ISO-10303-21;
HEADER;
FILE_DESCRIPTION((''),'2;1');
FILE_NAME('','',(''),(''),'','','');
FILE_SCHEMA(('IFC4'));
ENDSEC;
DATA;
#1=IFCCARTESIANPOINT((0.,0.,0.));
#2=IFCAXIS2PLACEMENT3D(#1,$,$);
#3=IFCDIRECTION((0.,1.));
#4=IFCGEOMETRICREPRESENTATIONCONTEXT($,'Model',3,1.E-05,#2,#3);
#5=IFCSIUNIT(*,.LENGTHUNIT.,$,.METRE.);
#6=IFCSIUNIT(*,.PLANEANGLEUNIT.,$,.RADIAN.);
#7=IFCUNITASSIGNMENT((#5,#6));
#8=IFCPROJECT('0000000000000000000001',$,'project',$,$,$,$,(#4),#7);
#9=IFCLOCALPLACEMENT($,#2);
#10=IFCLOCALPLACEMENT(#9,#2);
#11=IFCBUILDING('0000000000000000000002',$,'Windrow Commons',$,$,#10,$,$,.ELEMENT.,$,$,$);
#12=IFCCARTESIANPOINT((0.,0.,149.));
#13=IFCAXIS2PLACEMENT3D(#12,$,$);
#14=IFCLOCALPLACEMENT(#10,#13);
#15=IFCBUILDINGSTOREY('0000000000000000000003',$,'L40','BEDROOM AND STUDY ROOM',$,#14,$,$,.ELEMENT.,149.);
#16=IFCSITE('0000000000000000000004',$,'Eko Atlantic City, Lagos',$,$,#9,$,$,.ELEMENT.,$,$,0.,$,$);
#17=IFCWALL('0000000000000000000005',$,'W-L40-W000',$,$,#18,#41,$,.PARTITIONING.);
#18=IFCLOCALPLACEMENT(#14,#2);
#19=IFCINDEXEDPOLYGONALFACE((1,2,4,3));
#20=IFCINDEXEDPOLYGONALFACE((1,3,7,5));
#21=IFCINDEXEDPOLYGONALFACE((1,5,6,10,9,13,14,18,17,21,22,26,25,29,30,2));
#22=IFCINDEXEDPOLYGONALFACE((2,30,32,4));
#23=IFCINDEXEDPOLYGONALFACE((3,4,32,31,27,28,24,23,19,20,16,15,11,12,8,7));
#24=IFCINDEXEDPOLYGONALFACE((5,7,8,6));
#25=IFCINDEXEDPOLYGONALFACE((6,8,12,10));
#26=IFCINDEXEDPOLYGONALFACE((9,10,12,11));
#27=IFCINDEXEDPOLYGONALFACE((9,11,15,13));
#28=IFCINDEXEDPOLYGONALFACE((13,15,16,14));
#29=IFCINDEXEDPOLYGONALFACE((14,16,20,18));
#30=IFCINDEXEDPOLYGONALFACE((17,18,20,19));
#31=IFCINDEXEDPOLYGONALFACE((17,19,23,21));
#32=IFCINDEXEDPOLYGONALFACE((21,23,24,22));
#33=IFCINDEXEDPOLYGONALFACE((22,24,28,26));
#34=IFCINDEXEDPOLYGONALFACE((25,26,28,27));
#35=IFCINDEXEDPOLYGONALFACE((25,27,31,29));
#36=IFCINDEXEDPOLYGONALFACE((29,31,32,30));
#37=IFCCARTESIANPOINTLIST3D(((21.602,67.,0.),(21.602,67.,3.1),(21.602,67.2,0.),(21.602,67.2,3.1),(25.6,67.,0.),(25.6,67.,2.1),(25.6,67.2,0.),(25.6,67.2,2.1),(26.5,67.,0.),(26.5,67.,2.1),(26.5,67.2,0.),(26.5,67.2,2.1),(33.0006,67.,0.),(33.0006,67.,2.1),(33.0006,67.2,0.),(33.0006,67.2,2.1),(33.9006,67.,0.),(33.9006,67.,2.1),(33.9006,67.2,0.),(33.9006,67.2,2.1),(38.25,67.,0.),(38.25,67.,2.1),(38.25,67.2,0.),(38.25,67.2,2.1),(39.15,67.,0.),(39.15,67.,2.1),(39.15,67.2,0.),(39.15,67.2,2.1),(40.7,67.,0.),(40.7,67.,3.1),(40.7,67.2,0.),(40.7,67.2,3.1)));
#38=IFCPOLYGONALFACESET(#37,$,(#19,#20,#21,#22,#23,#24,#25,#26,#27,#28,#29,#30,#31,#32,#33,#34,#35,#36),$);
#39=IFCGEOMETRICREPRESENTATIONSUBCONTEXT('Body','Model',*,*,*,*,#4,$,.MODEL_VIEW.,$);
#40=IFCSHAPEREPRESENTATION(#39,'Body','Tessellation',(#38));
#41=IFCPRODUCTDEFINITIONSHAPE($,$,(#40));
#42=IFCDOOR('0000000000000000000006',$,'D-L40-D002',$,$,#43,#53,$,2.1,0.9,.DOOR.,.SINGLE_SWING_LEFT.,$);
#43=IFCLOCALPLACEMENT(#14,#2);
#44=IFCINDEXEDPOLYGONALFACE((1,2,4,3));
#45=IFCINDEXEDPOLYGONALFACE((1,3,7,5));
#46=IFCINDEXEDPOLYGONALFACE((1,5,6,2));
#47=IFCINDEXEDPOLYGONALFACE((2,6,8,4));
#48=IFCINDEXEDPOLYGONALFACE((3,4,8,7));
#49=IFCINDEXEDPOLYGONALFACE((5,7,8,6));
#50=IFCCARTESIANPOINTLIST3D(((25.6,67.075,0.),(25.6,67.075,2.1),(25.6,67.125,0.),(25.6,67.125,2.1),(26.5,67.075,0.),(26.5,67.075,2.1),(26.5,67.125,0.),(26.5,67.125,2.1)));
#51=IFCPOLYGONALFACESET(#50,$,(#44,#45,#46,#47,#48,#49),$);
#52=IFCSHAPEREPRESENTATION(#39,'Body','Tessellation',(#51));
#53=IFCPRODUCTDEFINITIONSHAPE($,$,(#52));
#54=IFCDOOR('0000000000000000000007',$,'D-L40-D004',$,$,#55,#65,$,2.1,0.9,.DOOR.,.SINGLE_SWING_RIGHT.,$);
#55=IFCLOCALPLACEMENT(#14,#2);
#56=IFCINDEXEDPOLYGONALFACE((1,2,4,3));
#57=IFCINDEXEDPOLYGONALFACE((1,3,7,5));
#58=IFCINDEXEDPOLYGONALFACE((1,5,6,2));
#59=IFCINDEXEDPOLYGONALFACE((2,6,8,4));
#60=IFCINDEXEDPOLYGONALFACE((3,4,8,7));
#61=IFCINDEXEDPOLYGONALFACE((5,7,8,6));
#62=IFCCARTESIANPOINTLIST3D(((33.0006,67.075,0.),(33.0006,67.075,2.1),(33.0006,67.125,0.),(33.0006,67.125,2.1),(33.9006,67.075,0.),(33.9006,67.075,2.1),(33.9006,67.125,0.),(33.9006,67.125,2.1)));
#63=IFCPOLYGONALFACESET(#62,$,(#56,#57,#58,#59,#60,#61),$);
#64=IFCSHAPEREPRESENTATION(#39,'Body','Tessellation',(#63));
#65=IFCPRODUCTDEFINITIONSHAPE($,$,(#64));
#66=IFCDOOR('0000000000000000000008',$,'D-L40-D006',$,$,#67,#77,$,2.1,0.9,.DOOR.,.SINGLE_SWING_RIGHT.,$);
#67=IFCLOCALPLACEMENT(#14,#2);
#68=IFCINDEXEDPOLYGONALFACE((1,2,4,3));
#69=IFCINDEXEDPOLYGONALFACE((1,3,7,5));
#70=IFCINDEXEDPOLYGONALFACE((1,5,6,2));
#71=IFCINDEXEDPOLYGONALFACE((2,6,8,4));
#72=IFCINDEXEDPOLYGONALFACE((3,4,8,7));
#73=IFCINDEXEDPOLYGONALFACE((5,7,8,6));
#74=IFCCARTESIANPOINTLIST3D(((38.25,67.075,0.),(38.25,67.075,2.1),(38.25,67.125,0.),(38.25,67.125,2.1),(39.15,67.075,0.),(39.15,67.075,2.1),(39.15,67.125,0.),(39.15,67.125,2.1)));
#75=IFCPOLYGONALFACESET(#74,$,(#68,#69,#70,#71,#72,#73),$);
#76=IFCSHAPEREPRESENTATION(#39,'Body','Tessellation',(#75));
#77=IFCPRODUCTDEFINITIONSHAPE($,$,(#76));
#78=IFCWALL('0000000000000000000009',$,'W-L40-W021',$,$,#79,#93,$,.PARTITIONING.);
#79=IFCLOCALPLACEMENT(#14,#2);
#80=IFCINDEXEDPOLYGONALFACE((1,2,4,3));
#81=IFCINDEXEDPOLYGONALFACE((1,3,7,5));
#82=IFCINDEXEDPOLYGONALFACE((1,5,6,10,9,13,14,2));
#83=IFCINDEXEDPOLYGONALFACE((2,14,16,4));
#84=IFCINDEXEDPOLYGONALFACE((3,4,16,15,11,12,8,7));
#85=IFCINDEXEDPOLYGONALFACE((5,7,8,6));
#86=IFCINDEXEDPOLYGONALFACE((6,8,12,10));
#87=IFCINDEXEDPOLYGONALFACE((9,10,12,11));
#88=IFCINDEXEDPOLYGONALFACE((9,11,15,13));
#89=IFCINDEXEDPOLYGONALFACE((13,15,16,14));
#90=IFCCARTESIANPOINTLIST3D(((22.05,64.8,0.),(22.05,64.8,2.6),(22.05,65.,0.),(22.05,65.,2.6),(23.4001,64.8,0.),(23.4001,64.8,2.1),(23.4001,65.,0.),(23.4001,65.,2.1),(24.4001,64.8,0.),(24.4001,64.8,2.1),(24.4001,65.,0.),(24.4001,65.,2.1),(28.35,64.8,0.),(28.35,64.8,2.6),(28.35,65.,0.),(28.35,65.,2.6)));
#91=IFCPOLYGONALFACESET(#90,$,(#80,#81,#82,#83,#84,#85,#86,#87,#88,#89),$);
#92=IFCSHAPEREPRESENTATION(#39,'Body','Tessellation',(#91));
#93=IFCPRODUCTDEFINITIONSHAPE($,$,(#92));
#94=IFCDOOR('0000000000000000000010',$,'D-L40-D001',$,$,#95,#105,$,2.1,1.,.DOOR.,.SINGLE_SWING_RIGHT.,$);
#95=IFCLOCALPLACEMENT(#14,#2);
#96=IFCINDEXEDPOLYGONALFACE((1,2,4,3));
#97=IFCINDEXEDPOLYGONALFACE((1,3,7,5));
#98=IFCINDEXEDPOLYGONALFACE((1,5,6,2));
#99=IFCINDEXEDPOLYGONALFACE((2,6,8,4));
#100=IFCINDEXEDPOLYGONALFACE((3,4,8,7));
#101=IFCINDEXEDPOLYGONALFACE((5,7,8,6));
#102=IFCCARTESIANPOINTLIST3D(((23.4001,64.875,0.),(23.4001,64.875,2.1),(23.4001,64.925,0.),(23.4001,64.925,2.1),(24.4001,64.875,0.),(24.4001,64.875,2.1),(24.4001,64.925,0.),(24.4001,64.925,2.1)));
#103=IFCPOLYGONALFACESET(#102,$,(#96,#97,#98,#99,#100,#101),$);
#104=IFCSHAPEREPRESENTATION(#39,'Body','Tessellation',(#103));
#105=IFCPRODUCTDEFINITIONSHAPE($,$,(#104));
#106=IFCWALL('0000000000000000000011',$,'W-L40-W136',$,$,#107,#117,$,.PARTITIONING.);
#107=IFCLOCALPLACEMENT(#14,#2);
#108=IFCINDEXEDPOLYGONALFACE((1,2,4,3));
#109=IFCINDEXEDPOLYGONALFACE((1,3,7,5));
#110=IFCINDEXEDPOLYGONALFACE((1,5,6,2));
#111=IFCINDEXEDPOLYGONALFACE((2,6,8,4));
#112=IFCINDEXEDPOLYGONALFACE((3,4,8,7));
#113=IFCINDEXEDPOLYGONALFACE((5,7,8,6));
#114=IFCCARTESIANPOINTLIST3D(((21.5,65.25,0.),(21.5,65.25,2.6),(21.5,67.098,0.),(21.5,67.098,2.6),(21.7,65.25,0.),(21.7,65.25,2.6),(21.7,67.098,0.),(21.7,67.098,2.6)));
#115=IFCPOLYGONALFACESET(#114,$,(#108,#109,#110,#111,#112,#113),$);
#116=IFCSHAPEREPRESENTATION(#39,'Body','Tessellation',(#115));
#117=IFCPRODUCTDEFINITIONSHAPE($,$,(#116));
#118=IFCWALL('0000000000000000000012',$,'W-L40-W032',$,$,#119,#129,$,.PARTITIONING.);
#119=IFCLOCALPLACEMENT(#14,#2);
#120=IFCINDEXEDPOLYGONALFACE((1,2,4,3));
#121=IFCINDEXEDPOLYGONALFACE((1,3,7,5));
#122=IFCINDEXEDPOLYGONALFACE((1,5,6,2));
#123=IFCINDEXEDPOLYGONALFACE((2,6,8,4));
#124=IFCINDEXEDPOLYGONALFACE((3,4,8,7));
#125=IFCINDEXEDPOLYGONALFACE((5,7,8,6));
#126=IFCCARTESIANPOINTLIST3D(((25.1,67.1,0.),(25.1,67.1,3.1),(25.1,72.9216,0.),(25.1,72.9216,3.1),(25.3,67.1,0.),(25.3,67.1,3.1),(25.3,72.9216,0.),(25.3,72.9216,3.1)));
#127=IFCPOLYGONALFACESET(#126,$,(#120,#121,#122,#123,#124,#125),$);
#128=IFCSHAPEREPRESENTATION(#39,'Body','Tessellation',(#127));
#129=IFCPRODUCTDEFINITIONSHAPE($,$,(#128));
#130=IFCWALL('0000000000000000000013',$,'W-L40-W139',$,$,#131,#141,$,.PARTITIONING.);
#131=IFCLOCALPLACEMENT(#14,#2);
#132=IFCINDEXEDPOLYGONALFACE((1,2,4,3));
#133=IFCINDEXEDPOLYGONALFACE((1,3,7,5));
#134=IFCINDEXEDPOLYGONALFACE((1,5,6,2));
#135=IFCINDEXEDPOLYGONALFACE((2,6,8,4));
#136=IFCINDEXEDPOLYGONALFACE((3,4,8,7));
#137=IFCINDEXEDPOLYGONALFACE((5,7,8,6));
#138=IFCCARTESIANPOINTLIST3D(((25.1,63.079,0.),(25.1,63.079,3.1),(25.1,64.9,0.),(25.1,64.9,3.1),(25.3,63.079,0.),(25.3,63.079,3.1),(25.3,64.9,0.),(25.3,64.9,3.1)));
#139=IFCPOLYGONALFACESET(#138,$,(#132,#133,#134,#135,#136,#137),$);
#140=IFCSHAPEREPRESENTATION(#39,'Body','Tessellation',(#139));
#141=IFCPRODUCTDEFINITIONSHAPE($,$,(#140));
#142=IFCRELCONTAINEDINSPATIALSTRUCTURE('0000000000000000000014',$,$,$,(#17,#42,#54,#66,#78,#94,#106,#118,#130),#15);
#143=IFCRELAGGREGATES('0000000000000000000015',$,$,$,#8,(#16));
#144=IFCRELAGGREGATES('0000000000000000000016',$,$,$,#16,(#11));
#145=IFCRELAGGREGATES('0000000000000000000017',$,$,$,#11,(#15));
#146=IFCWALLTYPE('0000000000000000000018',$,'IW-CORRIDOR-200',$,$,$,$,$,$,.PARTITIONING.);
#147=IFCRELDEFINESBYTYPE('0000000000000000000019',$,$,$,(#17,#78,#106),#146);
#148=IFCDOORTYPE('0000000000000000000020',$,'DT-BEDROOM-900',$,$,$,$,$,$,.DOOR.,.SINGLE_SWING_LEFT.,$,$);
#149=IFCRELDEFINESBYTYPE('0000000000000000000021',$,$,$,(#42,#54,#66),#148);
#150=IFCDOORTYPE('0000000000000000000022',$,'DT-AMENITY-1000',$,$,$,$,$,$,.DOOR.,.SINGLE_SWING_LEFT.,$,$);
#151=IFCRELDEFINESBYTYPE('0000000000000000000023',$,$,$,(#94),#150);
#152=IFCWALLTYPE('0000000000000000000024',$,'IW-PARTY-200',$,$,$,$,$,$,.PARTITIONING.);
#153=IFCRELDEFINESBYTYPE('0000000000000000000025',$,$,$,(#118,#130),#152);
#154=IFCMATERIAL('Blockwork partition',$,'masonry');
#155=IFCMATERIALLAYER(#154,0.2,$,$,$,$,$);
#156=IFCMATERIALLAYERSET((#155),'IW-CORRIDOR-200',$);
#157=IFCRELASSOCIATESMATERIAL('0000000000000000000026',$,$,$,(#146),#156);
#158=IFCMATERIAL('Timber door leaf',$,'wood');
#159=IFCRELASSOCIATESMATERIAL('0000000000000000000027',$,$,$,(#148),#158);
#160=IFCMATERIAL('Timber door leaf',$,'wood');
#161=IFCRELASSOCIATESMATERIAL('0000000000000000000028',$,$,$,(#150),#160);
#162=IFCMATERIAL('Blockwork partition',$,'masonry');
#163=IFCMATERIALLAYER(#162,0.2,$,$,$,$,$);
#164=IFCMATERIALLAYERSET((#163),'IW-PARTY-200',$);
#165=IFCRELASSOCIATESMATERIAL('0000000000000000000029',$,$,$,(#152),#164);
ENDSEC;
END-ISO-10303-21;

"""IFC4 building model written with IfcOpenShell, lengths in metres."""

from ifc_helpers import new_model, si_unit, direction, frame, frame_2d, origin, place, context, subcontext, project, spatial, rectangle, extrude, material, layer, layer_set, type_object, element, fill, save


model = new_model("IFC4")

# Units and contexts
model_context = context("Model", 3, precision=1e-05, world=origin(), true_north=direction((0.0, 1.0)))
body_context = subcontext(model_context, "Body", "Model", "MODEL_VIEW")
ifc_project = project(units=[si_unit("LENGTHUNIT", "METRE"), si_unit("PLANEANGLEUNIT", "RADIAN")], contexts=[model_context])

# Site, building, storey
site_placement = place(None, origin())
site = spatial("IfcSite", under=ifc_project, at=site_placement, Name="Eko Atlantic City, Lagos", CompositionType="ELEMENT", RefElevation=0.0)
building_placement = place(site_placement, origin())
building = spatial("IfcBuilding", under=site, at=building_placement, Name="Windrow Commons", CompositionType="ELEMENT")
storey_placement = place(building_placement, frame((0.0, 0.0, 149.0)))
storey = spatial("IfcBuildingStorey", under=building, at=storey_placement, Name="L40", Description="BEDROOM AND STUDY ROOM", CompositionType="ELEMENT", Elevation=149.0)

# Wall, openings, doors
ifc_material_1 = material(Name="Blockwork partition", Category="masonry")
ifc_layer_1 = layer(ifc_material_1, 0.2)
ifc_layer_set_1 = layer_set([ifc_layer_1], Name="IW-CORRIDOR-200")
wall_type_1 = type_object("IfcWallType", Name="IW-CORRIDOR-200", PredefinedType="PARTITIONING", material=ifc_layer_set_1)
wall_1_placement = place(storey_placement, frame((21.602, 67.1, 0.0), z_axis=(0.0, 0.0, 1.0), x_axis=(1.0, 0.0, 0.0)))
wall_1 = element("IfcWall", 1, at=wall_1_placement, inside=storey, type_object=wall_type_1, Name="W-L40-W000", PredefinedType="PARTITIONING", context=body_context, shape_type="SweptSolid", body=[
    extrude(rectangle(XDim=19.098, YDim=0.2, at=frame_2d((9.549, 0.0))), origin(), (0.0, 0.0, 1.0), 3.1),
])
opening_1_placement = place(wall_1_placement, frame((3.998, 0.0, 0.0)))
opening_1 = element("IfcOpeningElement", 2, at=opening_1_placement, cuts=wall_1, PredefinedType="OPENING", context=body_context, shape_type="SweptSolid", body=[
    extrude(rectangle(XDim=0.9, YDim=2.1, at=frame_2d((0.45, 1.05))), frame((0.0, 0.11, 0.0), z_axis=(0.0, -1.0, 0.0), x_axis=(1.0, 0.0, 0.0)), (0.0, 0.0, 1.0), 0.22),
])
opening_2_placement = place(wall_1_placement, frame((11.3986, 0.0, 0.0)))
opening_2 = element("IfcOpeningElement", 3, at=opening_2_placement, cuts=wall_1, PredefinedType="OPENING", context=body_context, shape_type="SweptSolid", body=[
    extrude(rectangle(XDim=0.9, YDim=2.1, at=frame_2d((0.45, 1.05))), frame((0.0, 0.11, 0.0), z_axis=(0.0, -1.0, 0.0), x_axis=(1.0, 0.0, 0.0)), (0.0, 0.0, 1.0), 0.22),
])
opening_3_placement = place(wall_1_placement, frame((16.648, 0.0, 0.0)))
opening_3 = element("IfcOpeningElement", 4, at=opening_3_placement, cuts=wall_1, PredefinedType="OPENING", context=body_context, shape_type="SweptSolid", body=[
    extrude(rectangle(XDim=0.9, YDim=2.1, at=frame_2d((0.45, 1.05))), frame((0.0, 0.11, 0.0), z_axis=(0.0, -1.0, 0.0), x_axis=(1.0, 0.0, 0.0)), (0.0, 0.0, 1.0), 0.22),
])
ifc_material_2 = material(Name="Timber door leaf", Category="wood")
door_type_1 = type_object("IfcDoorType", Name="DT-BEDROOM-900", OperationType="SINGLE_SWING_LEFT", PredefinedType="DOOR", material=ifc_material_2)
door_1_placement = place(opening_1_placement, origin())
door_1 = element("IfcDoor", 5, at=door_1_placement, inside=storey, type_object=door_type_1, Name="D-L40-D002", OperationType="SINGLE_SWING_LEFT", OverallHeight=2.1, OverallWidth=0.9, PredefinedType="DOOR", context=body_context, shape_type="SweptSolid", body=[
    extrude(rectangle(XDim=0.9, YDim=2.1, at=frame_2d((0.45, 1.05))), frame((0.0, 0.025, 0.0), z_axis=(0.0, -1.0, 0.0), x_axis=(1.0, 0.0, 0.0)), (0.0, 0.0, 1.0), 0.05),
])
fill(opening_1, door_1)
door_2_placement = place(opening_2_placement, origin())
door_2 = element("IfcDoor", 6, at=door_2_placement, inside=storey, type_object=door_type_1, Name="D-L40-D004", OperationType="SINGLE_SWING_RIGHT", OverallHeight=2.1, OverallWidth=0.9, PredefinedType="DOOR", context=body_context, shape_type="SweptSolid", body=[
    extrude(rectangle(XDim=0.9, YDim=2.1, at=frame_2d((0.45, 1.05))), frame((0.0, 0.025, 0.0), z_axis=(0.0, -1.0, 0.0), x_axis=(1.0, 0.0, 0.0)), (0.0, 0.0, 1.0), 0.05),
])
fill(opening_2, door_2)
door_3_placement = place(opening_3_placement, origin())
door_3 = element("IfcDoor", 7, at=door_3_placement, inside=storey, type_object=door_type_1, Name="D-L40-D006", OperationType="SINGLE_SWING_RIGHT", OverallHeight=2.1, OverallWidth=0.9, PredefinedType="DOOR", context=body_context, shape_type="SweptSolid", body=[
    extrude(rectangle(XDim=0.9, YDim=2.1, at=frame_2d((0.45, 1.05))), frame((0.0, 0.025, 0.0), z_axis=(0.0, -1.0, 0.0), x_axis=(1.0, 0.0, 0.0)), (0.0, 0.0, 1.0), 0.05),
])
fill(opening_3, door_3)

# Wall, opening, door
wall_2_placement = place(storey_placement, frame((22.05, 64.9, 0.0), z_axis=(0.0, 0.0, 1.0), x_axis=(1.0, 0.0, 0.0)))
wall_2 = element("IfcWall", 8, at=wall_2_placement, inside=storey, type_object=wall_type_1, Name="W-L40-W021", PredefinedType="PARTITIONING", context=body_context, shape_type="SweptSolid", body=[
    extrude(rectangle(XDim=6.3, YDim=0.2, at=frame_2d((3.15, 0.0))), origin(), (0.0, 0.0, 1.0), 2.6),
])
opening_4_placement = place(wall_2_placement, frame((1.3501, 0.0, 0.0)))
opening_4 = element("IfcOpeningElement", 9, at=opening_4_placement, cuts=wall_2, PredefinedType="OPENING", context=body_context, shape_type="SweptSolid", body=[
    extrude(rectangle(XDim=1.0, YDim=2.1, at=frame_2d((0.5, 1.05))), frame((0.0, 0.11, 0.0), z_axis=(0.0, -1.0, 0.0), x_axis=(1.0, 0.0, 0.0)), (0.0, 0.0, 1.0), 0.22),
])
ifc_material_3 = material(Name="Timber door leaf", Category="wood")
door_type_2 = type_object("IfcDoorType", Name="DT-AMENITY-1000", OperationType="SINGLE_SWING_LEFT", PredefinedType="DOOR", material=ifc_material_3)
door_4_placement = place(opening_4_placement, origin())
door_4 = element("IfcDoor", 10, at=door_4_placement, inside=storey, type_object=door_type_2, Name="D-L40-D001", OperationType="SINGLE_SWING_RIGHT", OverallHeight=2.1, OverallWidth=1.0, PredefinedType="DOOR", context=body_context, shape_type="SweptSolid", body=[
    extrude(rectangle(XDim=1.0, YDim=2.1, at=frame_2d((0.5, 1.05))), frame((0.0, 0.025, 0.0), z_axis=(0.0, -1.0, 0.0), x_axis=(1.0, 0.0, 0.0)), (0.0, 0.0, 1.0), 0.05),
])
fill(opening_4, door_4)

# Walls
wall_3_placement = place(storey_placement, frame((21.6, 65.25, 0.0), z_axis=(0.0, 0.0, 1.0), x_axis=(0.0, 1.0, 0.0)))
element("IfcWall", 11, at=wall_3_placement, inside=storey, type_object=wall_type_1, Name="W-L40-W136", PredefinedType="PARTITIONING", context=body_context, shape_type="SweptSolid", body=[
    extrude(rectangle(XDim=1.848, YDim=0.2, at=frame_2d((0.924, 0.0))), origin(), (0.0, 0.0, 1.0), 2.6),
])
ifc_material_4 = material(Name="Blockwork partition", Category="masonry")
ifc_layer_2 = layer(ifc_material_4, 0.2)
ifc_layer_set_2 = layer_set([ifc_layer_2], Name="IW-PARTY-200")
wall_type_2 = type_object("IfcWallType", Name="IW-PARTY-200", PredefinedType="PARTITIONING", material=ifc_layer_set_2)
wall_4_placement = place(storey_placement, frame((25.2, 67.1, 0.0), z_axis=(0.0, 0.0, 1.0), x_axis=(0.0, 1.0, 0.0)))
element("IfcWall", 12, at=wall_4_placement, inside=storey, type_object=wall_type_2, Name="W-L40-W032", PredefinedType="PARTITIONING", context=body_context, shape_type="SweptSolid", body=[
    extrude(rectangle(XDim=5.8215, YDim=0.2, at=frame_2d((2.9108, 0.0))), origin(), (0.0, 0.0, 1.0), 3.1),
])
wall_5_placement = place(storey_placement, frame((25.2, 63.079, 0.0), z_axis=(0.0, 0.0, 1.0), x_axis=(0.0, 1.0, 0.0)))
element("IfcWall", 13, at=wall_5_placement, inside=storey, type_object=wall_type_2, Name="W-L40-W139", PredefinedType="PARTITIONING", context=body_context, shape_type="SweptSolid", body=[
    extrude(rectangle(XDim=1.821, YDim=0.2, at=frame_2d((0.9105, 0.0))), origin(), (0.0, 0.0, 1.0), 3.1),
])

save(model, "model.ifc")
